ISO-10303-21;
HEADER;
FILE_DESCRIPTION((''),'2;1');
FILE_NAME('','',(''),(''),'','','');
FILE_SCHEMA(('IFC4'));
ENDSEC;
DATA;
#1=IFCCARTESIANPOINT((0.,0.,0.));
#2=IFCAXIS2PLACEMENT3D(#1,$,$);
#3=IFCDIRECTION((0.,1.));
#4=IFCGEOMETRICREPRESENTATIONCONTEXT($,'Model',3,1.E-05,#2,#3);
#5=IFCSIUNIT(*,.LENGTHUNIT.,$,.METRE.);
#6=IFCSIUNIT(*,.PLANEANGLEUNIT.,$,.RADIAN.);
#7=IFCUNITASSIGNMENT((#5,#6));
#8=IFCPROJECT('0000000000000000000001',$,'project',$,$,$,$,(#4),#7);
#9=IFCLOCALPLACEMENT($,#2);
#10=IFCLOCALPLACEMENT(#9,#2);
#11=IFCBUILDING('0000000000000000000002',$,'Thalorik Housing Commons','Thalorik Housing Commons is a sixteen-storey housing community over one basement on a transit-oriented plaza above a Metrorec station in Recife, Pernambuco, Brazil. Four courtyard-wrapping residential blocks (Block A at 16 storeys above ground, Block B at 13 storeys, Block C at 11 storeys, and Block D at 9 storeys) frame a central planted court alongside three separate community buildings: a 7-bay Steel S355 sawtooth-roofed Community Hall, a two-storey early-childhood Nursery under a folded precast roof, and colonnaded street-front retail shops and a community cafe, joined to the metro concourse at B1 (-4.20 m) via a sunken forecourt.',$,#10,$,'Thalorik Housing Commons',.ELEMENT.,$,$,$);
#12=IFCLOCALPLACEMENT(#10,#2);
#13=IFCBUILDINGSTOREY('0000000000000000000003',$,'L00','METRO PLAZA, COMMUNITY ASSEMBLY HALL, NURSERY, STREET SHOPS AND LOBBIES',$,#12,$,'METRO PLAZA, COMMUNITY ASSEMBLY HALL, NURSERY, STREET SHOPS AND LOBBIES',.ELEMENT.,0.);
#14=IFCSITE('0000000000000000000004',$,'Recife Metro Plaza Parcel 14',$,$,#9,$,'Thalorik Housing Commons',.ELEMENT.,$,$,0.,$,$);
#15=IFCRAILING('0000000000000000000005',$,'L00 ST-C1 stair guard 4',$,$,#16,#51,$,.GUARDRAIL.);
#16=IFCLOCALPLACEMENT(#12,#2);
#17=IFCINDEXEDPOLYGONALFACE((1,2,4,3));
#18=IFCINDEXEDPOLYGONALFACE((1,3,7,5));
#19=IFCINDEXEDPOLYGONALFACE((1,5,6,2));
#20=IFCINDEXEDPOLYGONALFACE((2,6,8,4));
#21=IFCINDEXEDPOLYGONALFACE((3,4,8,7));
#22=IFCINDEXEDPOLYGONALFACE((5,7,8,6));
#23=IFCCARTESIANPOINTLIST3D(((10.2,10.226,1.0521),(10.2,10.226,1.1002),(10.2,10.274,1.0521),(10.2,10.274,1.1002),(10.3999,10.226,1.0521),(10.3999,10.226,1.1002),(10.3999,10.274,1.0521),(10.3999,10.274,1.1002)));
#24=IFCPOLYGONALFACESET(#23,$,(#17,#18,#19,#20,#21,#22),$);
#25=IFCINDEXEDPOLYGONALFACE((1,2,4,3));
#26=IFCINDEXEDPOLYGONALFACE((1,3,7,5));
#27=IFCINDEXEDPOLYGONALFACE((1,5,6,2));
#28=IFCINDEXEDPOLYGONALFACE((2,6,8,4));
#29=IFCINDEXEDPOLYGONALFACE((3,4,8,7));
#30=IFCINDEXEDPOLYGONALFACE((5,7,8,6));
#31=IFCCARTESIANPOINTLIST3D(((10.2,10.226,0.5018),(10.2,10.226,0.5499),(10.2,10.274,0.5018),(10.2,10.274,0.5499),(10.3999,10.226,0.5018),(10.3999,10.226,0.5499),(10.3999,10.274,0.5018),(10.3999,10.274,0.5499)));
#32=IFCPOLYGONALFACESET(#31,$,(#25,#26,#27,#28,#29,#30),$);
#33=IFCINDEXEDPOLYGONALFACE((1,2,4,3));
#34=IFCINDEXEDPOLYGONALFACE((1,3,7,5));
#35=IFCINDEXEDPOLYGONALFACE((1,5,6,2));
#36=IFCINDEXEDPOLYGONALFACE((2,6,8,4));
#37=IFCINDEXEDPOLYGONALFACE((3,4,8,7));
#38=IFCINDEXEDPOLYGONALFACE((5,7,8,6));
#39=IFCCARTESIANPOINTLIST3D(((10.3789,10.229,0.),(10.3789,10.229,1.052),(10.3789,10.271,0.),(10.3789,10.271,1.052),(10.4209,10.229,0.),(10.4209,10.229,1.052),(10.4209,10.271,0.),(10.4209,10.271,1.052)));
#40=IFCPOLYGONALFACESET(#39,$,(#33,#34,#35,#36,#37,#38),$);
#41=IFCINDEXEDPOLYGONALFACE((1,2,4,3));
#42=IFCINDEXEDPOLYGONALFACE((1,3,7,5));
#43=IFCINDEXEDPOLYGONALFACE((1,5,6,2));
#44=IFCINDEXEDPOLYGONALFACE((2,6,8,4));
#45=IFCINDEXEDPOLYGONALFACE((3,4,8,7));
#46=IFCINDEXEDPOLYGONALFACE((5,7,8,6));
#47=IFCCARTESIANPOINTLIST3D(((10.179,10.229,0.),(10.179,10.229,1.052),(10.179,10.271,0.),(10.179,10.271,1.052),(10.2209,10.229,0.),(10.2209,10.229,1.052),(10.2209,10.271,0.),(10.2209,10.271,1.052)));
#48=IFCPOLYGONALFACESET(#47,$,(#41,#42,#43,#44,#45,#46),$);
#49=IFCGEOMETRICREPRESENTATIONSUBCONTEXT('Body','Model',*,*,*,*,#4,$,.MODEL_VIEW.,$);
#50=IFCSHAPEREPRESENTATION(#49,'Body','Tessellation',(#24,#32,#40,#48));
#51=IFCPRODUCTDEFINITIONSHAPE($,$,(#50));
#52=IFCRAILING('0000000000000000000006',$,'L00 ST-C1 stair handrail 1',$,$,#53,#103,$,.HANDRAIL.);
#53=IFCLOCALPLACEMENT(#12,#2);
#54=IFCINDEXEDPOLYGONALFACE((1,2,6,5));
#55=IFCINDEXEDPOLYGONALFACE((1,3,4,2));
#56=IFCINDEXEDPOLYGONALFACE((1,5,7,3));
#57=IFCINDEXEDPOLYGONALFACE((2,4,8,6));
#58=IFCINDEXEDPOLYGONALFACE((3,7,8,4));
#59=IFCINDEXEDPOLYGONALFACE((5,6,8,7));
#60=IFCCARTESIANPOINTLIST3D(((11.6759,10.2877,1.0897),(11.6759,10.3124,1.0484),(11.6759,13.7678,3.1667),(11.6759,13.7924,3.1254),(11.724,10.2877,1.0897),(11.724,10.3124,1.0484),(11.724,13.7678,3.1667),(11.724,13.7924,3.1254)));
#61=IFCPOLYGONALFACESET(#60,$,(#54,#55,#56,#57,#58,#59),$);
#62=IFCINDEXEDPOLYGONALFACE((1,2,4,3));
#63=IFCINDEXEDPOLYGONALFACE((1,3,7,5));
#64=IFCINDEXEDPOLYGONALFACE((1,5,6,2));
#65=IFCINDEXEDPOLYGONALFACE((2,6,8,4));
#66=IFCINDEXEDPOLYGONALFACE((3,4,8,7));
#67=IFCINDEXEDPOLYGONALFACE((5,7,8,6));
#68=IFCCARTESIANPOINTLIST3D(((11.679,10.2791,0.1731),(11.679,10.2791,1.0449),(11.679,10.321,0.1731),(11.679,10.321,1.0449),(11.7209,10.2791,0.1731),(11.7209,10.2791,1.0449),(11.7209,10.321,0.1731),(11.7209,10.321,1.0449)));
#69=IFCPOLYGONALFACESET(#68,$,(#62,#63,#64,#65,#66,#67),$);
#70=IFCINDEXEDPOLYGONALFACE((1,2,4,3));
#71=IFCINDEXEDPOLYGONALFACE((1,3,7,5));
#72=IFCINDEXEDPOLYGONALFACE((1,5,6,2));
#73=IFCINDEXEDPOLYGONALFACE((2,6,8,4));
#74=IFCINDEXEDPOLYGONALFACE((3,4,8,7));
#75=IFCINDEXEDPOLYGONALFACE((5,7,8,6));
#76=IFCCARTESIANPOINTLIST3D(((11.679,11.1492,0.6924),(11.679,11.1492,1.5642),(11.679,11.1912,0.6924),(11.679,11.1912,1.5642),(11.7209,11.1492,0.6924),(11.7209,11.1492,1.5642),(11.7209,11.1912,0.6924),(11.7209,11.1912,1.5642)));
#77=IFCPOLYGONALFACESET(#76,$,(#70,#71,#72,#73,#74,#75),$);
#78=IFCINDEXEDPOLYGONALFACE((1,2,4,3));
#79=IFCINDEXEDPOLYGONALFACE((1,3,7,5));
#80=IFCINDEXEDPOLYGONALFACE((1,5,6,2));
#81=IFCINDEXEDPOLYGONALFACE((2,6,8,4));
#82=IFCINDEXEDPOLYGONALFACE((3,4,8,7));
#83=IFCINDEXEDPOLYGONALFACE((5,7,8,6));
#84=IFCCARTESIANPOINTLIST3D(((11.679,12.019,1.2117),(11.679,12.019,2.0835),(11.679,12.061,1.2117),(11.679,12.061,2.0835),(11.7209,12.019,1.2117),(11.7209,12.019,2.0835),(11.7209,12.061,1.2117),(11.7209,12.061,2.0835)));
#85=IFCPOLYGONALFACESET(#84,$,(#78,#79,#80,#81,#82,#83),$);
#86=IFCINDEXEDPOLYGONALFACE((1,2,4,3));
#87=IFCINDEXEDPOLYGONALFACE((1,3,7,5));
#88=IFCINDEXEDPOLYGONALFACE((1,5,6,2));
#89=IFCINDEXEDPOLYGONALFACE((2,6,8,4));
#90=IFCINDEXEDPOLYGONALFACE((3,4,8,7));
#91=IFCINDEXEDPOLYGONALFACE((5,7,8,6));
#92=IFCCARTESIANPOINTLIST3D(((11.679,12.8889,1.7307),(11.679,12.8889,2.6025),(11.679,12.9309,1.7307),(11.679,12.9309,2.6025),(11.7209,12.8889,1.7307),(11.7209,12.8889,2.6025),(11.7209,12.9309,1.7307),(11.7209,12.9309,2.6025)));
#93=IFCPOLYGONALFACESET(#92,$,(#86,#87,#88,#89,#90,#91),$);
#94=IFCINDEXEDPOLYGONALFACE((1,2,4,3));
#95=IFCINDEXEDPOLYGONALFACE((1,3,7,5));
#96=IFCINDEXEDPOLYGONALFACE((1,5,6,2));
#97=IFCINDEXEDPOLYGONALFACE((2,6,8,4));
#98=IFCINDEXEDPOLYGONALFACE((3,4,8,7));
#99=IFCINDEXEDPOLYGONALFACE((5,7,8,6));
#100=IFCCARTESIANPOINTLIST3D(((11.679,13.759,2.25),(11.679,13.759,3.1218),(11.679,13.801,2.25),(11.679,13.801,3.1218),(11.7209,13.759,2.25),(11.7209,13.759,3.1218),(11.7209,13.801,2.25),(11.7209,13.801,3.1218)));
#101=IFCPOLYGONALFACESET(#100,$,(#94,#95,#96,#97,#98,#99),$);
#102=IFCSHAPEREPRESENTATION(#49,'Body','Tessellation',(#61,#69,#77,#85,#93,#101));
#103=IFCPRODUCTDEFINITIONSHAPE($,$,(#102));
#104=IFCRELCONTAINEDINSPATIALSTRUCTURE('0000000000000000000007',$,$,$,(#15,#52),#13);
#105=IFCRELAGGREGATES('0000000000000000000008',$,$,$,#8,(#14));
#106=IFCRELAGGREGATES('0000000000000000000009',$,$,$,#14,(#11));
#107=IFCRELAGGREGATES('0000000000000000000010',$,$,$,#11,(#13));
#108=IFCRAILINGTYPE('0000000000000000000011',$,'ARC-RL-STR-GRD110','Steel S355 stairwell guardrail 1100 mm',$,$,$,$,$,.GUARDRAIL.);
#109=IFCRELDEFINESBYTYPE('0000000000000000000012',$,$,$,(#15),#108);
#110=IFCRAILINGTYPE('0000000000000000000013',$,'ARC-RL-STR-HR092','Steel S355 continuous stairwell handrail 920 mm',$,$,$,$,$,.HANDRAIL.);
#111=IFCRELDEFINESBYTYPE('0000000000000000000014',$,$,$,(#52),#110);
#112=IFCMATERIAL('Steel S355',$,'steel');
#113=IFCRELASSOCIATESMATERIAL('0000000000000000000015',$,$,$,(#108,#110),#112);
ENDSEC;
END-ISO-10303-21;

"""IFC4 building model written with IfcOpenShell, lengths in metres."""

from ifc_helpers import new_model, si_unit, direction, frame, origin, origin_2d, place, context, subcontext, project, spatial, rectangle, extrude, material, type_object, element, save


model = new_model("IFC4")

# Units and contexts
model_context = context("Model", 3, precision=1e-05, world=origin(), true_north=direction((0.0, 1.0)))
body_context = subcontext(model_context, "Body", "Model", "MODEL_VIEW")
ifc_project = project(units=[si_unit("LENGTHUNIT", "METRE"), si_unit("PLANEANGLEUNIT", "RADIAN")], contexts=[model_context])

# Site, building, storey
site_placement = place(None, origin())
site = spatial("IfcSite", under=ifc_project, at=site_placement, Name="Recife Metro Plaza Parcel 14", LongName="Thalorik Housing Commons", CompositionType="ELEMENT", RefElevation=0.0)
building_placement = place(site_placement, origin())
building = spatial("IfcBuilding", under=site, at=building_placement, Name="Thalorik Housing Commons", Description="Thalorik Housing Commons is a sixteen-storey housing community over one basement on a transit-oriented plaza above a Metrorec station in Recife, Pernambuco, Brazil. Four courtyard-wrapping residential blocks (Block A at 16 storeys above ground, Block B at 13 storeys, Block C at 11 storeys, and Block D at 9 storeys) frame a central planted court alongside three separate community buildings: a 7-bay Steel S355 sawtooth-roofed Community Hall, a two-storey early-childhood Nursery under a folded precast roof, and colonnaded street-front retail shops and a community cafe, joined to the metro concourse at B1 (-4.20 m) via a sunken forecourt.", LongName="Thalorik Housing Commons", CompositionType="ELEMENT")
storey_placement = place(building_placement, origin())
storey = spatial("IfcBuildingStorey", under=building, at=storey_placement, Name="L00", Description="METRO PLAZA, COMMUNITY ASSEMBLY HALL, NURSERY, STREET SHOPS AND LOBBIES", LongName="METRO PLAZA, COMMUNITY ASSEMBLY HALL, NURSERY, STREET SHOPS AND LOBBIES", CompositionType="ELEMENT", Elevation=0.0)

# Shared definitions
ifc_material_1 = material(Name="Steel S355", Category="steel")

# Railings
railing_type_1 = type_object("IfcRailingType", Name="ARC-RL-STR-GRD110", Description="Steel S355 stairwell guardrail 1100 mm", PredefinedType="GUARDRAIL", material=ifc_material_1)
railing_1_placement = place(storey_placement, frame((10.3999, 10.25, 0.0)))
element("IfcRailing", 1, at=railing_1_placement, inside=storey, type_object=railing_type_1, Name="L00 ST-C1 stair guard 4", PredefinedType="GUARDRAIL", context=body_context, shape_type="SweptSolid", body=[
    extrude(rectangle(XDim=0.0481, YDim=0.0481, at=origin_2d()), frame((0.0, 0.0, 1.0762), z_axis=(-1.0, 0.0, 0.0), x_axis=(0.0, -1.0, 0.0)), (0.0, 0.0, 1.0), 0.2),
    extrude(rectangle(XDim=0.0481, YDim=0.0481, at=origin_2d()), frame((0.0, 0.0, 0.5259), z_axis=(-1.0, 0.0, 0.0), x_axis=(0.0, -1.0, 0.0)), (0.0, 0.0, 1.0), 0.2),
    extrude(rectangle(XDim=0.042, YDim=0.042, at=origin_2d()), origin(), (0.0, 0.0, 1.0), 1.052),
    extrude(rectangle(XDim=0.042, YDim=0.042, at=origin_2d()), frame((-0.2, 0.0, 0.0)), (0.0, 0.0, 1.0), 1.052),
])
railing_type_2 = type_object("IfcRailingType", Name="ARC-RL-STR-HR092", Description="Steel S355 continuous stairwell handrail 920 mm", PredefinedType="HANDRAIL", material=ifc_material_1)
railing_2_placement = place(storey_placement, frame((11.7, 10.3, 0.1731)))
element("IfcRailing", 2, at=railing_2_placement, inside=storey, type_object=railing_type_2, Name="L00 ST-C1 stair handrail 1", PredefinedType="HANDRAIL", context=body_context, shape_type="SweptSolid", body=[
    extrude(rectangle(XDim=0.0481, YDim=0.0481, at=origin_2d()), frame((0.0, 0.0, 0.896), z_axis=(0.0, 0.858697, 0.512483), x_axis=(-1.0, 0.0, 0.0)), (0.0, 0.0, 1.0), 4.0527),
    extrude(rectangle(XDim=0.042, YDim=0.042, at=origin_2d()), origin(), (0.0, 0.0, 1.0), 0.8718),
    extrude(rectangle(XDim=0.042, YDim=0.042, at=origin_2d()), frame((0.0, 0.8701, 0.5193)), (0.0, 0.0, 1.0), 0.8718),
    extrude(rectangle(XDim=0.042, YDim=0.042, at=origin_2d()), frame((0.0, 1.74, 1.0386)), (0.0, 0.0, 1.0), 0.8718),
    extrude(rectangle(XDim=0.042, YDim=0.042, at=origin_2d()), frame((0.0, 2.6099, 1.5576)), (0.0, 0.0, 1.0), 0.8718),
    extrude(rectangle(XDim=0.042, YDim=0.042, at=origin_2d()), frame((0.0, 3.48, 2.0769)), (0.0, 0.0, 1.0), 0.8718),
])

save(model, "model.ifc")
